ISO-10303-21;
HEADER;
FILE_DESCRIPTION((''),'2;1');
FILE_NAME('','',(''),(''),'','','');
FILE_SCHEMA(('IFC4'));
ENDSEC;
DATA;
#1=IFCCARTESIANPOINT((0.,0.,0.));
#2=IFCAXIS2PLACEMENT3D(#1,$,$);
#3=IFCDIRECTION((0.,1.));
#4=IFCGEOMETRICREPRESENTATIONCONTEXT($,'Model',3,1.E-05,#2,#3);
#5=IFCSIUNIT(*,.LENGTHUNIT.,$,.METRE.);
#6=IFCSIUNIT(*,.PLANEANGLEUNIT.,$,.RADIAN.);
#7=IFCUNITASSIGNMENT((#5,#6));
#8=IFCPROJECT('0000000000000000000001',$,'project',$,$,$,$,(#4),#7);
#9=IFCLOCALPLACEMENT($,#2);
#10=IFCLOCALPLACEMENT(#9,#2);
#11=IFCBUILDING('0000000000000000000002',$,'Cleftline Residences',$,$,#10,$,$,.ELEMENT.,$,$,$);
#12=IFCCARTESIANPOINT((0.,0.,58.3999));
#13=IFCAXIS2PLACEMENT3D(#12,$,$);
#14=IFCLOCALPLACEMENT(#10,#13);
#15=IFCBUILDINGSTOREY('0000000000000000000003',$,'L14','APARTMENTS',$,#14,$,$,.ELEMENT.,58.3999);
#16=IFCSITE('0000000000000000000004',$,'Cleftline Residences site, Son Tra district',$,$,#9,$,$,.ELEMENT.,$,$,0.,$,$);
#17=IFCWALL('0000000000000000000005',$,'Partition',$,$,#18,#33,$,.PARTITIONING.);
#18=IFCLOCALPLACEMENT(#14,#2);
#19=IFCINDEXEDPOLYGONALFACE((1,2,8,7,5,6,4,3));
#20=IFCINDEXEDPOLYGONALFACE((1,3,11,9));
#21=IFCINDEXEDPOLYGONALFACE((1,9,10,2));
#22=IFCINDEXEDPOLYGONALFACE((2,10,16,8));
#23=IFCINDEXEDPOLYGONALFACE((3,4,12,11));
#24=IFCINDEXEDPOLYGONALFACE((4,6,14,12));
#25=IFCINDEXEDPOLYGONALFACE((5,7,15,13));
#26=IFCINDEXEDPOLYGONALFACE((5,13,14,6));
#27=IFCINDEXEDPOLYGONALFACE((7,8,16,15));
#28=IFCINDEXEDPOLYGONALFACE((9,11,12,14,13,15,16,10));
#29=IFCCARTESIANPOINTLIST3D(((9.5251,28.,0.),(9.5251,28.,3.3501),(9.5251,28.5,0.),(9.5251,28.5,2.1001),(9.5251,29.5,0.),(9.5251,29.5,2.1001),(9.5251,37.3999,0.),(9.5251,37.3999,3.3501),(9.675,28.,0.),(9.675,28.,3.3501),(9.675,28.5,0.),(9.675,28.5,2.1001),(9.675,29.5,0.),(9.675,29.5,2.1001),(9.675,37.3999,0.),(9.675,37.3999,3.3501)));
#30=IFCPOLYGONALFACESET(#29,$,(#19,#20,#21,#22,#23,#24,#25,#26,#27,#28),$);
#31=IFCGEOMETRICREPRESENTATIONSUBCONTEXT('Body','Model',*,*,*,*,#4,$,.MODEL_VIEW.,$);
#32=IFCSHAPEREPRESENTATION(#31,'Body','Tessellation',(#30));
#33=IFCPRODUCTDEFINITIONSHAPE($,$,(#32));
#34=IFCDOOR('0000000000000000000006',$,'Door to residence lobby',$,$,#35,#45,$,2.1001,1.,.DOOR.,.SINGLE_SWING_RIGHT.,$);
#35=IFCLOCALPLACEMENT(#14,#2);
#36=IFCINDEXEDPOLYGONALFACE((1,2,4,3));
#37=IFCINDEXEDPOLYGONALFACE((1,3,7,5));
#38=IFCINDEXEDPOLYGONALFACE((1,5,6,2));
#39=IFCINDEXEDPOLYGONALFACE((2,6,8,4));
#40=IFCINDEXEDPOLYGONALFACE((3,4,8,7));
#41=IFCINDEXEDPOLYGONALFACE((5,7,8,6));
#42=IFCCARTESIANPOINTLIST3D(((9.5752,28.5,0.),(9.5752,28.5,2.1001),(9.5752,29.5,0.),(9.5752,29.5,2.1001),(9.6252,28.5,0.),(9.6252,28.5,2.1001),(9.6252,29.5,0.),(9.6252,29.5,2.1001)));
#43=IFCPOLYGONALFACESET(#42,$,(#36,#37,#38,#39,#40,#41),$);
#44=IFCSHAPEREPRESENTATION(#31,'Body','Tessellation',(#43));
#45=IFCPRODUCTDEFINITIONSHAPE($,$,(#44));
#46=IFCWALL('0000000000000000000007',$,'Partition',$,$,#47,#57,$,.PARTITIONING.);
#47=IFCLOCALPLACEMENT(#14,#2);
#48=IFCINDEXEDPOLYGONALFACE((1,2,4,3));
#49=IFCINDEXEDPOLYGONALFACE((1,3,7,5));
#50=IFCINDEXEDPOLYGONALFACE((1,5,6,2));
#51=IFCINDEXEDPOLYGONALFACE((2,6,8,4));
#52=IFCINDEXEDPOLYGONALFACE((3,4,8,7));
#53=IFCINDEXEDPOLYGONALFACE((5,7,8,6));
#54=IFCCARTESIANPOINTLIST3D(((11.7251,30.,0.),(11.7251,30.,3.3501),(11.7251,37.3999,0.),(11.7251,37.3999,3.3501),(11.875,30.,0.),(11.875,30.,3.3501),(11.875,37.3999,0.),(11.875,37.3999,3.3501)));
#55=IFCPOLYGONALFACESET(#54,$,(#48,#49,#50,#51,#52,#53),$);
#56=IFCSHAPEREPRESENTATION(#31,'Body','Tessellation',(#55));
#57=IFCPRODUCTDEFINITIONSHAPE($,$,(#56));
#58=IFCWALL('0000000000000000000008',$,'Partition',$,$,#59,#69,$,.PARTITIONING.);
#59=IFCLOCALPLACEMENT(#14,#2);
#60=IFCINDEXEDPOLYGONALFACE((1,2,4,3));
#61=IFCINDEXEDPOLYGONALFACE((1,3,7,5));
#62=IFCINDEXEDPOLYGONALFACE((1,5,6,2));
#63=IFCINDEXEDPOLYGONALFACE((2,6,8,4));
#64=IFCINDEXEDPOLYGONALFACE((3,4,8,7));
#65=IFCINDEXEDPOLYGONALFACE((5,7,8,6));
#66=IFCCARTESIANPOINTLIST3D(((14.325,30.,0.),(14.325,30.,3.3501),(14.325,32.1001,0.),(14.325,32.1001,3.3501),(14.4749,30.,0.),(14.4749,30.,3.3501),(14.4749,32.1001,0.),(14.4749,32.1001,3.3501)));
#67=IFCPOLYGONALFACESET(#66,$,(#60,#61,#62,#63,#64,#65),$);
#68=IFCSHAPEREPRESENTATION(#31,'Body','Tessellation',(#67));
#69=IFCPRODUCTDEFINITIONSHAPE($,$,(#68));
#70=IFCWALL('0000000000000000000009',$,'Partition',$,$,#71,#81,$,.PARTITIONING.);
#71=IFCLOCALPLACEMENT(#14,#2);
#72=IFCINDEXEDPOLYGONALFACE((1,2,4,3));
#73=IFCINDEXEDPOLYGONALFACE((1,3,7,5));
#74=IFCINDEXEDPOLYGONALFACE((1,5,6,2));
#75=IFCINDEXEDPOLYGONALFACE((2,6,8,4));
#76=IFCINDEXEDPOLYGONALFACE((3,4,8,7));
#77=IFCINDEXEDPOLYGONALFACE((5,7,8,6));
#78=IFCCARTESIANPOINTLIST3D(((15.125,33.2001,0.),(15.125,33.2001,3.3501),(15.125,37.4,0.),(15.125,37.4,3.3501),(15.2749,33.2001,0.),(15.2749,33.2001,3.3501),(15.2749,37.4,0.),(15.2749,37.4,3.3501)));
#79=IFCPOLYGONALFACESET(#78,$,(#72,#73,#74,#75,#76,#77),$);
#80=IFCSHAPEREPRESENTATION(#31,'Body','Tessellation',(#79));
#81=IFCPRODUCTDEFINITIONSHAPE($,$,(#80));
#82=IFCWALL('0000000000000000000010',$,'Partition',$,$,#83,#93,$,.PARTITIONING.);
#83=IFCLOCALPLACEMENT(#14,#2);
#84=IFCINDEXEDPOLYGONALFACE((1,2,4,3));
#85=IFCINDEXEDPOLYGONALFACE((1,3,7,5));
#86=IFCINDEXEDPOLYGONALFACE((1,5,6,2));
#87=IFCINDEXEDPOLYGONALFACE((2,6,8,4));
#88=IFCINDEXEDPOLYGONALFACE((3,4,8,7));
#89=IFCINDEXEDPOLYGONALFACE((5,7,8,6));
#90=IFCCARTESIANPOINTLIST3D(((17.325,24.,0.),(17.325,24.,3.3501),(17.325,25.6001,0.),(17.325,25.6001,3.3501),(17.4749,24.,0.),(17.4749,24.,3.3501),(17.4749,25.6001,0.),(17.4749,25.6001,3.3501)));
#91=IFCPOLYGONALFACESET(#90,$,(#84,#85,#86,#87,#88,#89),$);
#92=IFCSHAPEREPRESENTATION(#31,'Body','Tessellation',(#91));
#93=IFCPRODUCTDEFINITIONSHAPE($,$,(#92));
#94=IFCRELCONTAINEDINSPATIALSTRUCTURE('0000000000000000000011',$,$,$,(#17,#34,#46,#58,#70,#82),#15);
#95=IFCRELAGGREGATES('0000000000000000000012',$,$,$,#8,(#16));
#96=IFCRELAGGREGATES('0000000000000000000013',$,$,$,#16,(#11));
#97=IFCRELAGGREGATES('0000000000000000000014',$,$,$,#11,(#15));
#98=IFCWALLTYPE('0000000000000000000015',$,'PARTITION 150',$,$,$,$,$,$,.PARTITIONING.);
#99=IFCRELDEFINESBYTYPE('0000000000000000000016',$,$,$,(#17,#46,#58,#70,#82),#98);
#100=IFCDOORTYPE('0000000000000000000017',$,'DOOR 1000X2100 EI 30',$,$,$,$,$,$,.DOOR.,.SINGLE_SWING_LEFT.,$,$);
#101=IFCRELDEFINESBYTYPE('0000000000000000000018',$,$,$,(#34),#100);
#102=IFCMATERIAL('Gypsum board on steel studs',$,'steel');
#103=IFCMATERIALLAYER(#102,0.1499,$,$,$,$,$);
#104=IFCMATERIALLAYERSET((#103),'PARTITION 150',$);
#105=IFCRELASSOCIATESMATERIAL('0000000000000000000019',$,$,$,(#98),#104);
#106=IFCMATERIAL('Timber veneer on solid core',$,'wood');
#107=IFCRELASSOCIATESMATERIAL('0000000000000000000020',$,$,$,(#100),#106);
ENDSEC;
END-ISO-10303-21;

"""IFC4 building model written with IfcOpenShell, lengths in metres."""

from ifc_helpers import new_model, si_unit, direction, frame, frame_2d, origin, place, context, subcontext, project, spatial, rectangle, extrude, material, layer, layer_set, type_object, element, fill, save


model = new_model("IFC4")

# Units and contexts
model_context = context("Model", 3, precision=1e-05, world=origin(), true_north=direction((0.0, 1.0)))
body_context = subcontext(model_context, "Body", "Model", "MODEL_VIEW")
ifc_project = project(units=[si_unit("LENGTHUNIT", "METRE"), si_unit("PLANEANGLEUNIT", "RADIAN")], contexts=[model_context])

# Site, building, storey
site_placement = place(None, origin())
site = spatial("IfcSite", under=ifc_project, at=site_placement, Name="Cleftline Residences site, Son Tra district", CompositionType="ELEMENT", RefElevation=0.0)
building_placement = place(site_placement, origin())
building = spatial("IfcBuilding", under=site, at=building_placement, Name="Cleftline Residences", CompositionType="ELEMENT")
storey_placement = place(building_placement, frame((0.0, 0.0, 58.3999)))
storey = spatial("IfcBuildingStorey", under=building, at=storey_placement, Name="L14", Description="APARTMENTS", CompositionType="ELEMENT", Elevation=58.3999)

# Shared definitions
ifc_material_1 = material(Name="Gypsum board on steel studs", Category="steel")
ifc_layer_1 = layer(ifc_material_1, 0.1499)
ifc_layer_set_1 = layer_set([ifc_layer_1], Name="PARTITION 150")
wall_type_1 = type_object("IfcWallType", Name="PARTITION 150", PredefinedType="PARTITIONING", material=ifc_layer_set_1)

# Wall, opening, door
wall_1_placement = place(storey_placement, frame((9.6001, 28.0, 0.0), z_axis=(0.0, 0.0, 1.0), x_axis=(0.0, 1.0, 0.0)))
wall_1 = element("IfcWall", 1, at=wall_1_placement, inside=storey, type_object=wall_type_1, Name="Partition", PredefinedType="PARTITIONING", context=body_context, shape_type="SweptSolid", body=[
    extrude(rectangle(XDim=9.3999, YDim=0.1499, at=frame_2d((4.7, 0.0))), origin(), (0.0, 0.0, 1.0), 3.3501),
])
opening_1_placement = place(wall_1_placement, frame((0.5, 0.0, 0.0)))
opening_1 = element("IfcOpeningElement", 2, at=opening_1_placement, cuts=wall_1, PredefinedType="OPENING", context=body_context, shape_type="SweptSolid", body=[
    extrude(rectangle(XDim=1.0, YDim=2.1001, at=frame_2d((0.5, 1.05))), frame((0.0, 0.085, 0.0), z_axis=(0.0, -1.0, 0.0), x_axis=(1.0, 0.0, 0.0)), (0.0, 0.0, 1.0), 0.1699),
])
ifc_material_2 = material(Name="Timber veneer on solid core", Category="wood")
door_type_1 = type_object("IfcDoorType", Name="DOOR 1000X2100 EI 30", OperationType="SINGLE_SWING_LEFT", PredefinedType="DOOR", material=ifc_material_2)
door_1_placement = place(opening_1_placement, origin())
door_1 = element("IfcDoor", 3, at=door_1_placement, inside=storey, type_object=door_type_1, Name="Door to residence lobby", OperationType="SINGLE_SWING_RIGHT", OverallHeight=2.1001, OverallWidth=1.0, PredefinedType="DOOR", context=body_context, shape_type="SweptSolid", body=[
    extrude(rectangle(XDim=1.0, YDim=2.1001, at=frame_2d((0.5, 1.05))), frame((0.0, 0.0249, 0.0), z_axis=(0.0, -1.0, 0.0), x_axis=(1.0, 0.0, 0.0)), (0.0, 0.0, 1.0), 0.05),
])
fill(opening_1, door_1)

# Walls
wall_2_placement = place(storey_placement, frame((11.8, 30.0, 0.0), z_axis=(0.0, 0.0, 1.0), x_axis=(0.0, 1.0, 0.0)))
element("IfcWall", 4, at=wall_2_placement, inside=storey, type_object=wall_type_1, Name="Partition", PredefinedType="PARTITIONING", context=body_context, shape_type="SweptSolid", body=[
    extrude(rectangle(XDim=7.3999, YDim=0.1499, at=frame_2d((3.7, 0.0))), origin(), (0.0, 0.0, 1.0), 3.3501),
])
wall_3_placement = place(storey_placement, frame((14.3999, 30.0, 0.0), z_axis=(0.0, 0.0, 1.0), x_axis=(0.0, 1.0, 0.0)))
element("IfcWall", 5, at=wall_3_placement, inside=storey, type_object=wall_type_1, Name="Partition", PredefinedType="PARTITIONING", context=body_context, shape_type="SweptSolid", body=[
    extrude(rectangle(XDim=2.1001, YDim=0.1499, at=frame_2d((1.05, 0.0))), origin(), (0.0, 0.0, 1.0), 3.3501),
])
wall_4_placement = place(storey_placement, frame((15.2, 33.2, 0.0), z_axis=(0.0, 0.0, 1.0), x_axis=(0.0, 1.0, 0.0)))
element("IfcWall", 6, at=wall_4_placement, inside=storey, type_object=wall_type_1, Name="Partition", PredefinedType="PARTITIONING", context=body_context, shape_type="SweptSolid", body=[
    extrude(rectangle(XDim=4.2, YDim=0.1499, at=frame_2d((2.1001, 0.0))), origin(), (0.0, 0.0, 1.0), 3.3501),
])
wall_5_placement = place(storey_placement, frame((17.3999, 24.0, 0.0), z_axis=(0.0, 0.0, 1.0), x_axis=(0.0, 1.0, 0.0)))
element("IfcWall", 7, at=wall_5_placement, inside=storey, type_object=wall_type_1, Name="Partition", PredefinedType="PARTITIONING", context=body_context, shape_type="SweptSolid", body=[
    extrude(rectangle(XDim=1.6001, YDim=0.1499, at=frame_2d((0.8, 0.0))), origin(), (0.0, 0.0, 1.0), 3.3501),
])

save(model, "model.ifc")
